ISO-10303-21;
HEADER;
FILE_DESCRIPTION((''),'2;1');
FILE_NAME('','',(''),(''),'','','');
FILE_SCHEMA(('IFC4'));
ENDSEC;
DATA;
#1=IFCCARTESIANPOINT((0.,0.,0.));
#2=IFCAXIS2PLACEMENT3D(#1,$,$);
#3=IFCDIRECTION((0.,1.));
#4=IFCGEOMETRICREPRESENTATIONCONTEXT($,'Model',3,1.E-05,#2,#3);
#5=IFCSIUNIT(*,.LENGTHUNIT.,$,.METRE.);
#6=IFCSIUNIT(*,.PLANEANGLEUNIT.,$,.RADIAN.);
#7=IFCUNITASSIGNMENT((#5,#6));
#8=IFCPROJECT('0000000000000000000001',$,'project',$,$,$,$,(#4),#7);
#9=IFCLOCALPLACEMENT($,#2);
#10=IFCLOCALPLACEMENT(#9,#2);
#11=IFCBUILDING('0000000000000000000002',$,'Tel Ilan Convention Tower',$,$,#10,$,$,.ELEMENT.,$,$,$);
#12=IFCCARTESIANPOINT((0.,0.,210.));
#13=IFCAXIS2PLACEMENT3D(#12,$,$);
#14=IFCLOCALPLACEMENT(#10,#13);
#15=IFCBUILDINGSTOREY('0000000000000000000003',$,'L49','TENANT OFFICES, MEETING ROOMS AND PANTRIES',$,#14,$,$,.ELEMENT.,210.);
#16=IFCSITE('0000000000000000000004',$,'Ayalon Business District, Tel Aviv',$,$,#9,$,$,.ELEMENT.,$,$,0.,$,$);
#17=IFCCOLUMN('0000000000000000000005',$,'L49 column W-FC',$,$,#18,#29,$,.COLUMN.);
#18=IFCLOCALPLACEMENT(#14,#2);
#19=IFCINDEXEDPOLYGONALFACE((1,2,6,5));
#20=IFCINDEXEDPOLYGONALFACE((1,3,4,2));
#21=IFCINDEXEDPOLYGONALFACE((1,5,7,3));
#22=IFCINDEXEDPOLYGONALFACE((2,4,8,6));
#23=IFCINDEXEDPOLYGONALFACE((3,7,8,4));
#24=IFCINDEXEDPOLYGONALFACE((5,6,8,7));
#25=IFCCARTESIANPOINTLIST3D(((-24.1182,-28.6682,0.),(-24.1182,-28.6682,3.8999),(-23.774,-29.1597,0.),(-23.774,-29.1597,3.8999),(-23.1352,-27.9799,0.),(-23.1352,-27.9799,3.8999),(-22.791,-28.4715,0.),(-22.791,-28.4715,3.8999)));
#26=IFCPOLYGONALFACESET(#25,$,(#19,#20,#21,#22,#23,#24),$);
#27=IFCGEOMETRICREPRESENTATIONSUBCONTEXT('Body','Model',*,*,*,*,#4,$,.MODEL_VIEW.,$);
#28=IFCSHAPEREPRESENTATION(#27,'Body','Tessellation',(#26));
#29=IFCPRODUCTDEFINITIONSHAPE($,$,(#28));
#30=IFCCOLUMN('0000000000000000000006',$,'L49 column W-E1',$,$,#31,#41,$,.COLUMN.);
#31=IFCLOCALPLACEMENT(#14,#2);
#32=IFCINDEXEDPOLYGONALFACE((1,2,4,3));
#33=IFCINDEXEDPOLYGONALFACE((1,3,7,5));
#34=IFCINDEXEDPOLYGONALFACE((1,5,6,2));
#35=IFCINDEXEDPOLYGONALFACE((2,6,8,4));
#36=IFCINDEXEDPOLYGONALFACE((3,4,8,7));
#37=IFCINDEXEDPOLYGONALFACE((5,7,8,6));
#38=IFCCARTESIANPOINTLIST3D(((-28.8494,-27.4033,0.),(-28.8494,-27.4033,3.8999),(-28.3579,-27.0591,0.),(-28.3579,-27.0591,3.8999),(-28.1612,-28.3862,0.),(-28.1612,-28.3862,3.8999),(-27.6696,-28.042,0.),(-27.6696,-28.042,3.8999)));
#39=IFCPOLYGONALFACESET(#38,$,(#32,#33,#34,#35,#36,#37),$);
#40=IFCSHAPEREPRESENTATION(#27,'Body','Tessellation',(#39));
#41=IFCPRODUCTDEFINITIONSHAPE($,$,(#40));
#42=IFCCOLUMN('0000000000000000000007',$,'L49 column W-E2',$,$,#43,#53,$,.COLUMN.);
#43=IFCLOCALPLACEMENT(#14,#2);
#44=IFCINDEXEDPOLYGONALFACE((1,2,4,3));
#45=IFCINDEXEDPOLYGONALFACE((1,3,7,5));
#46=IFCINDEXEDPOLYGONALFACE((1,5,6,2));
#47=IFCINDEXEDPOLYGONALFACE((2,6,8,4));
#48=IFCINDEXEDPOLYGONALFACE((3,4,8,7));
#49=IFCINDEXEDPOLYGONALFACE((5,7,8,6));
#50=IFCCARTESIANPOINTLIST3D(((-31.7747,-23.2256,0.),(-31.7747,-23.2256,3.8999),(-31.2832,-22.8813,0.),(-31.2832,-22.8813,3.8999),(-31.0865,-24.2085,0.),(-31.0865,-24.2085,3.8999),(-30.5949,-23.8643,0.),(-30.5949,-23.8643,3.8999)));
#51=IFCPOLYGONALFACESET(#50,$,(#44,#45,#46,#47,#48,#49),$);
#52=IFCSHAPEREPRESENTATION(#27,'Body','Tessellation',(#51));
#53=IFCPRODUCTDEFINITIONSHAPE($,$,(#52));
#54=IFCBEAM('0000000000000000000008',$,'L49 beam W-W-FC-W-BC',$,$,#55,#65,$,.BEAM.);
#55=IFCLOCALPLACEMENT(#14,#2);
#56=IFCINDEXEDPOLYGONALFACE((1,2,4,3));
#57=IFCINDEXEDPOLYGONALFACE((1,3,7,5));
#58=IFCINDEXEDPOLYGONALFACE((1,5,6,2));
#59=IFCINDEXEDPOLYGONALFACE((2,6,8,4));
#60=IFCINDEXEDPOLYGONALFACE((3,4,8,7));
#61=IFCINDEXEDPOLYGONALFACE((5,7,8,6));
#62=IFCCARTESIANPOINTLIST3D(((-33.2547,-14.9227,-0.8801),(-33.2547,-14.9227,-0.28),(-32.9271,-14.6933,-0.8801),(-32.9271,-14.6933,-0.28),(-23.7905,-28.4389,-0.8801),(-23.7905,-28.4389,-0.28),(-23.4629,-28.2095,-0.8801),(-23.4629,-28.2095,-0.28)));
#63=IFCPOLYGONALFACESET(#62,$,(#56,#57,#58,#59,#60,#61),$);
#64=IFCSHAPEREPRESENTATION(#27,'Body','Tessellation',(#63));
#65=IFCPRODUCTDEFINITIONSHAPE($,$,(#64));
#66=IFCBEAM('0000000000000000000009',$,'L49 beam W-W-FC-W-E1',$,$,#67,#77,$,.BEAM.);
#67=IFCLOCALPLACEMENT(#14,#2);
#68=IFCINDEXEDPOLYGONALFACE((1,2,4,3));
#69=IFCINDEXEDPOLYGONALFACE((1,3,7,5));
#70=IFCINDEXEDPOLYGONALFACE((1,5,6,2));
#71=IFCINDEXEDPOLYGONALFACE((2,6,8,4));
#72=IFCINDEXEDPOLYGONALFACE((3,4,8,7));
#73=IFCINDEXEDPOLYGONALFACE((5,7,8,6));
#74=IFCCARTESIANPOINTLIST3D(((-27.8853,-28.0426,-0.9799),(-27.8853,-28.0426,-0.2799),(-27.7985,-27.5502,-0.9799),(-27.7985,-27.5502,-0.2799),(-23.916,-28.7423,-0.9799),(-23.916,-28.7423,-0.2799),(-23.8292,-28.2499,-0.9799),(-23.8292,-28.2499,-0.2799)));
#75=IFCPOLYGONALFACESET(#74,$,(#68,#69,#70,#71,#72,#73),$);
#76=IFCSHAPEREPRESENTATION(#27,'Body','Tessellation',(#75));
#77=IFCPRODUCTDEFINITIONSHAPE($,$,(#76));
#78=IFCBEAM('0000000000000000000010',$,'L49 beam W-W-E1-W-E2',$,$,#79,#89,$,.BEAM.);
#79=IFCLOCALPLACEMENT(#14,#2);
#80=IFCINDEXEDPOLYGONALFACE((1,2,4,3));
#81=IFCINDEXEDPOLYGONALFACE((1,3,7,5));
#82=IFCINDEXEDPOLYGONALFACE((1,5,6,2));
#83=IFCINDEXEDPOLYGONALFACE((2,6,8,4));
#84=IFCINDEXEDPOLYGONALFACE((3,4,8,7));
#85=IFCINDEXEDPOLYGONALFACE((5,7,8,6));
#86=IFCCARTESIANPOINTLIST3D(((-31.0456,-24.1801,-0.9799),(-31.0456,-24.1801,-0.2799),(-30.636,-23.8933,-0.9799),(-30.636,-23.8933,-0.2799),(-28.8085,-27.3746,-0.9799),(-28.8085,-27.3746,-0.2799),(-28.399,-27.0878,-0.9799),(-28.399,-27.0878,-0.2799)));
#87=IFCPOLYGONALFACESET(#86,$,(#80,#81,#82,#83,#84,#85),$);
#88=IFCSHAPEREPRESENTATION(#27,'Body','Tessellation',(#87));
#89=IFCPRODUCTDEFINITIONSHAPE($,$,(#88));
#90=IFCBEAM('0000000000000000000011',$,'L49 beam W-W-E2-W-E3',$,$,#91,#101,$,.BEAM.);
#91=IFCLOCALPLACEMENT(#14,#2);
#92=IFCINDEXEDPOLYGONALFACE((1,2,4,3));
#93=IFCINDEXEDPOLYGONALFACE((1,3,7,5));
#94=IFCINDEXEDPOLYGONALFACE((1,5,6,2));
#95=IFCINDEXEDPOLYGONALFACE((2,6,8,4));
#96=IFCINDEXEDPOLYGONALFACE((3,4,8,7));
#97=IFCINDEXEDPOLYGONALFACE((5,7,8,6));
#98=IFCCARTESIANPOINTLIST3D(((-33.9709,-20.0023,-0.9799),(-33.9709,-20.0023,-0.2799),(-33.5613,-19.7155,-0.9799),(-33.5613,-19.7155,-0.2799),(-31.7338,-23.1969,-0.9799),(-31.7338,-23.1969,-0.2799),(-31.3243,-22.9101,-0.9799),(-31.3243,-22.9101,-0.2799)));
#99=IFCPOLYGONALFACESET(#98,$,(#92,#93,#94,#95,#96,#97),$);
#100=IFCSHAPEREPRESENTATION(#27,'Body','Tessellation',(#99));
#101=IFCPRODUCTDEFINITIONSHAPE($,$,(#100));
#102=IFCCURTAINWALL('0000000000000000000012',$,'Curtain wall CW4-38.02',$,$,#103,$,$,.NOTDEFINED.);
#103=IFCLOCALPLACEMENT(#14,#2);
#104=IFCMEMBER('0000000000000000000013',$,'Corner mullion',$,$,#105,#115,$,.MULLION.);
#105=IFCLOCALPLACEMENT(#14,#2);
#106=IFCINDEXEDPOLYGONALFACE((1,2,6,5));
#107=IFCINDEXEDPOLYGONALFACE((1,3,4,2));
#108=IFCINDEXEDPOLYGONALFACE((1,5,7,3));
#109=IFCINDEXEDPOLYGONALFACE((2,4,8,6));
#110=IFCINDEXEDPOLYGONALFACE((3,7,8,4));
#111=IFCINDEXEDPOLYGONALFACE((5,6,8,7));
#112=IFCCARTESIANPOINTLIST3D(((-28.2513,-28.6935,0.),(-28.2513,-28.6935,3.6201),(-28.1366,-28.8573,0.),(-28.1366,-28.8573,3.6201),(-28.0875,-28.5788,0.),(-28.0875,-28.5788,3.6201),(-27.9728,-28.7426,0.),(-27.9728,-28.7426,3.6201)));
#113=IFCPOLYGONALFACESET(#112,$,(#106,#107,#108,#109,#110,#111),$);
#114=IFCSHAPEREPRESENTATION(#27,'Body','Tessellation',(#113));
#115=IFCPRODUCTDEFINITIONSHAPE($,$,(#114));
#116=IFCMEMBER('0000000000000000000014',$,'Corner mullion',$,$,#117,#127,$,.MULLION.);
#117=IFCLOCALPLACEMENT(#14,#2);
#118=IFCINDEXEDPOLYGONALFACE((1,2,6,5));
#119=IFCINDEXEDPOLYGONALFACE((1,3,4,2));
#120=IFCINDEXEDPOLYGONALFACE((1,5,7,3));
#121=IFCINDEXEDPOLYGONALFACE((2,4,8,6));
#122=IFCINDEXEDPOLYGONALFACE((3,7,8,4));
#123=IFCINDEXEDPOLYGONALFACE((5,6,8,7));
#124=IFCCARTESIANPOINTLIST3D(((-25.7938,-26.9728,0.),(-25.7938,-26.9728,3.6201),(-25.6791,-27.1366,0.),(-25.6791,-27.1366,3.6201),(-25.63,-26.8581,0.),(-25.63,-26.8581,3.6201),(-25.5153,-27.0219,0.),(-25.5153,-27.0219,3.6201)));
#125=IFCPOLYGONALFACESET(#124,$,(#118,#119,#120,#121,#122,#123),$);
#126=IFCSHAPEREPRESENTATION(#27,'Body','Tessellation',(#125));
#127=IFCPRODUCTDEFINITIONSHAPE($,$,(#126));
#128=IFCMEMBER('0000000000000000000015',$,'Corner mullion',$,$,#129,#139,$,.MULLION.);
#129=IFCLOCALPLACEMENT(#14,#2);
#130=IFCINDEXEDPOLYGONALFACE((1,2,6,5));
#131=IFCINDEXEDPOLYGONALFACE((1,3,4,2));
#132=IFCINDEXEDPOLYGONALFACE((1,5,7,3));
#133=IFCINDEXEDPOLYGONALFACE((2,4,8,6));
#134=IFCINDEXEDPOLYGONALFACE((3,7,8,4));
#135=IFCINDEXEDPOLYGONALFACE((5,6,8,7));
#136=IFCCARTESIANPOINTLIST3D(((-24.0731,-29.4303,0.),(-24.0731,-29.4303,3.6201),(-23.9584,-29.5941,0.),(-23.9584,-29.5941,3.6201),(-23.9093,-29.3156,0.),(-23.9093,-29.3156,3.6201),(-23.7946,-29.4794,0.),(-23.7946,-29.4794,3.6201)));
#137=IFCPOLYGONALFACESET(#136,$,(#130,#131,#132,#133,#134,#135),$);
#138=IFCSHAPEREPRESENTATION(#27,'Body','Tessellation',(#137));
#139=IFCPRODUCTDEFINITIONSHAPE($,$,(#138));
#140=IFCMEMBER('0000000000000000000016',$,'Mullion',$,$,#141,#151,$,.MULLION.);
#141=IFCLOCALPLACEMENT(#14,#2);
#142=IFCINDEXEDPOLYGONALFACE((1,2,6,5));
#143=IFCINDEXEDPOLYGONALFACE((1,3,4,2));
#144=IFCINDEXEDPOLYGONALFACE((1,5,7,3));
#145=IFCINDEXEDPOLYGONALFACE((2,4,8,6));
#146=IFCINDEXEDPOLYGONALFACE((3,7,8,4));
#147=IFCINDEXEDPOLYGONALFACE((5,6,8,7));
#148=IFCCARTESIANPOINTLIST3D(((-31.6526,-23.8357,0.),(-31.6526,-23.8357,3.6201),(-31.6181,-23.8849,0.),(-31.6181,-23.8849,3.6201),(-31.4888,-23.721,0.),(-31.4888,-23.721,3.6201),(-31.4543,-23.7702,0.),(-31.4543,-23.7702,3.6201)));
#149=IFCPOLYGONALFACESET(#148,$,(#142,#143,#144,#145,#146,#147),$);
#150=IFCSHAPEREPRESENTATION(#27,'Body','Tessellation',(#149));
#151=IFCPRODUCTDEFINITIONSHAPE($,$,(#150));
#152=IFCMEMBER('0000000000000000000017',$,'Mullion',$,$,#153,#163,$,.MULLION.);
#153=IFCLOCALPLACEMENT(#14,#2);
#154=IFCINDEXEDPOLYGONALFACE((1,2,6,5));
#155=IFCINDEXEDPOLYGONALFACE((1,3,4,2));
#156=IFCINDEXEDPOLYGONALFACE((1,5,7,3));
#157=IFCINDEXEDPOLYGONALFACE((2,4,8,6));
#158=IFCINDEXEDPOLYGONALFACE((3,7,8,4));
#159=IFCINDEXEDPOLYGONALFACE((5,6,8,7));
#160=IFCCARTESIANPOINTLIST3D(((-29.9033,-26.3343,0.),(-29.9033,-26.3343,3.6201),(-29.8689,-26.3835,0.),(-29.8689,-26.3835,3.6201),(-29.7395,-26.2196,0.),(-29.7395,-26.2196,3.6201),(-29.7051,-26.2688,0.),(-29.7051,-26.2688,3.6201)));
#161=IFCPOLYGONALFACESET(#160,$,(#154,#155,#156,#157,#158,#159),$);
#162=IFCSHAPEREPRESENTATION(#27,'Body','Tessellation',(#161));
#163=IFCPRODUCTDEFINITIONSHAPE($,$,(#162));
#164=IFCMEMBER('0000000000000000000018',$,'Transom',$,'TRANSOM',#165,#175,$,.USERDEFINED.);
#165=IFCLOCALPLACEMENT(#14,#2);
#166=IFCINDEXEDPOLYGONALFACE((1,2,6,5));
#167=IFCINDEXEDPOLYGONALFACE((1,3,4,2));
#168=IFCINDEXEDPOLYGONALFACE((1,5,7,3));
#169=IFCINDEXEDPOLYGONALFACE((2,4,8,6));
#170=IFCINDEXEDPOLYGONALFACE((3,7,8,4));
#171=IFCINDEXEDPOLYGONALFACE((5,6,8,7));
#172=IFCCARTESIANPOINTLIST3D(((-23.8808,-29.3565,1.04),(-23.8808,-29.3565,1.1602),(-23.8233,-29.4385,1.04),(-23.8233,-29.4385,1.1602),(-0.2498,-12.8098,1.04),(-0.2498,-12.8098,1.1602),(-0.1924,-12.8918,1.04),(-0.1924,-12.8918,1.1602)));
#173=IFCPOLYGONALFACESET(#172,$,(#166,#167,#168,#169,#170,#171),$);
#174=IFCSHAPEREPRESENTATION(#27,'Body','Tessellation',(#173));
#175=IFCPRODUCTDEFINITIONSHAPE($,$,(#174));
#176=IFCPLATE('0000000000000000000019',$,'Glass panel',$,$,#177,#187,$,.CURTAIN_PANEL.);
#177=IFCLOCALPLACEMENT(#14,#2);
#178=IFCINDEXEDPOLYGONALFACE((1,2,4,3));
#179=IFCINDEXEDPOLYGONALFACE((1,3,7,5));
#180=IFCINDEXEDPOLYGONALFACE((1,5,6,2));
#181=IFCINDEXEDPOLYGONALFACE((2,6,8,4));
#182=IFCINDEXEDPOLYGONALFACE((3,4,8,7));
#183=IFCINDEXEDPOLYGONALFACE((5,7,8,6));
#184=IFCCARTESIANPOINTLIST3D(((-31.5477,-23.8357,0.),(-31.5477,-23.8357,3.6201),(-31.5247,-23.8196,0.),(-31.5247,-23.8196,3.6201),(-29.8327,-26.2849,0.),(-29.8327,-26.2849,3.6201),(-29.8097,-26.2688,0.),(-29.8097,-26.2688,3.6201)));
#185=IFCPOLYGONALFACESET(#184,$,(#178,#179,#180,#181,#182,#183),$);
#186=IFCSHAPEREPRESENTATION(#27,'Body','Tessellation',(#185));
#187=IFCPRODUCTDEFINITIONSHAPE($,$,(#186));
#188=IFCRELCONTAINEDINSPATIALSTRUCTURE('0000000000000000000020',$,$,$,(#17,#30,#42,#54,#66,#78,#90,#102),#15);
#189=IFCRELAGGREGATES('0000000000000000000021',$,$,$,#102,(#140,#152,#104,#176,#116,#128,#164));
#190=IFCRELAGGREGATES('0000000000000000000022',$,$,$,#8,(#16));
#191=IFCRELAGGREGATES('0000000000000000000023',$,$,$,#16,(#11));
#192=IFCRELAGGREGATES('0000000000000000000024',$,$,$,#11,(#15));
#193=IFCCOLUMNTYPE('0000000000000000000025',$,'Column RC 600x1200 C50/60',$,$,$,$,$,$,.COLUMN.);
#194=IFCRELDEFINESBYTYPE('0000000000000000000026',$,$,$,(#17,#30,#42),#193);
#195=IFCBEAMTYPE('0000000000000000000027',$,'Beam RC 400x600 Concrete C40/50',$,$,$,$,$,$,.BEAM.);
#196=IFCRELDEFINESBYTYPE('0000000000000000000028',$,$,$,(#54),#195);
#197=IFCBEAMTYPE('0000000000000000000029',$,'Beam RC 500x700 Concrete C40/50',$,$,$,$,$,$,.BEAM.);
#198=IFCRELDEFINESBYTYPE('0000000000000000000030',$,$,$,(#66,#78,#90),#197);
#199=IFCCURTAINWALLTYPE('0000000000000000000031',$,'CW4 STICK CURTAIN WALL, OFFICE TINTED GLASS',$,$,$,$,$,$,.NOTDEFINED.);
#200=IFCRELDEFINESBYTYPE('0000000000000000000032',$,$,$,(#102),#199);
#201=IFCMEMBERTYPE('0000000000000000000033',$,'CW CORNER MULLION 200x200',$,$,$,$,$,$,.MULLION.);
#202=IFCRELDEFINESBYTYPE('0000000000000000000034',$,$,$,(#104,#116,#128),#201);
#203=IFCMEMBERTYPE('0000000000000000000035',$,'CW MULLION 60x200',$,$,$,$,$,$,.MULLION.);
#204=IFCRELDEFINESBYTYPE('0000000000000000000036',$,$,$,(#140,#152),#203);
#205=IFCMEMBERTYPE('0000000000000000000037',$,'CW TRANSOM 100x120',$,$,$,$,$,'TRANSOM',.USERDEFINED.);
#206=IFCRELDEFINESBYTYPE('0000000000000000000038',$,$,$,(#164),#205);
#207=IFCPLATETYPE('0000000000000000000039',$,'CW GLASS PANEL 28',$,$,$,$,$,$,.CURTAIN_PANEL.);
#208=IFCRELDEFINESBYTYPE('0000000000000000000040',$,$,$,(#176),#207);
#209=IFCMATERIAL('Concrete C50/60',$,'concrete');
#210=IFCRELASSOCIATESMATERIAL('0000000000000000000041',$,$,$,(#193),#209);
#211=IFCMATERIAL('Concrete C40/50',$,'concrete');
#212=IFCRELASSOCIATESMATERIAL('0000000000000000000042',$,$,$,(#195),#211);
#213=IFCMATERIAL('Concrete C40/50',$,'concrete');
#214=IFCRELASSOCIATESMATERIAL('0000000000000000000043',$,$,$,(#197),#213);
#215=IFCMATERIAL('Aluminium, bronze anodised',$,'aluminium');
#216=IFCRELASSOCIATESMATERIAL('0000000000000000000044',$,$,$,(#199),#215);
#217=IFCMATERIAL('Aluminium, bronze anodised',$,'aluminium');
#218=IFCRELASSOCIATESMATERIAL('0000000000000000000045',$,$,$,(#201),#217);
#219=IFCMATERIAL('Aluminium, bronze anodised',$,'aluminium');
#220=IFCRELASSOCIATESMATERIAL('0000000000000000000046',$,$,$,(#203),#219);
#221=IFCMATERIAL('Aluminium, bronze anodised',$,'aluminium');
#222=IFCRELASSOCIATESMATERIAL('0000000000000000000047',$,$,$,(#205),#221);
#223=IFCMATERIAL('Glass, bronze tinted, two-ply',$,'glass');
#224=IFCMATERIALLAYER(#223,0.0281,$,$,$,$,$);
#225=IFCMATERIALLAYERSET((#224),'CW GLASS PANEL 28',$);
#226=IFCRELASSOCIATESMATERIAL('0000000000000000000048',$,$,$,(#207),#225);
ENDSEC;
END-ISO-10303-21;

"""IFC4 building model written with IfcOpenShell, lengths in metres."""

from ifc_helpers import new_model, si_unit, direction, frame, origin, origin_2d, place, context, subcontext, project, spatial, rectangle, extrude, material, layer, layer_set, material_profile, profile_set, type_object, element, aggregate, save


model = new_model("IFC4")

# Units and contexts
model_context = context("Model", 3, precision=1e-05, world=origin(), true_north=direction((0.0, 1.0)))
body_context = subcontext(model_context, "Body", "Model", "MODEL_VIEW")
ifc_project = project(units=[si_unit("LENGTHUNIT", "METRE"), si_unit("PLANEANGLEUNIT", "RADIAN")], contexts=[model_context])

# Site, building, storey
site_placement = place(None, origin())
site = spatial("IfcSite", under=ifc_project, at=site_placement, Name="Ayalon Business District, Tel Aviv", CompositionType="ELEMENT", RefElevation=0.0)
building_placement = place(site_placement, origin())
building = spatial("IfcBuilding", under=site, at=building_placement, Name="Tel Ilan Convention Tower", CompositionType="ELEMENT")
storey_placement = place(building_placement, frame((0.0, 0.0, 210.0)))
storey = spatial("IfcBuildingStorey", under=building, at=storey_placement, Name="L49", Description="TENANT OFFICES, MEETING ROOMS AND PANTRIES", CompositionType="ELEMENT", Elevation=210.0)

# Columns
ifc_material_1 = material(Name="Concrete C50/60", Category="concrete")
ifc_material_profile_1 = material_profile(ifc_material_1, rectangle(XDim=1.2, YDim=0.6001, at=origin_2d()), Name="RC 600x1200")
ifc_profile_set_1 = profile_set([ifc_material_profile_1], Name="Concrete C50/60")
column_type = type_object("IfcColumnType", Name="Column RC 600x1200 C50/60", PredefinedType="COLUMN", material=ifc_profile_set_1)
for number, where, z_axis, x_axis, name in (
    (1, (-23.4546, -28.5698, 0.0), (0.0, 0.0, 1.0), (-0.819152, -0.573576, 0.0), "L49 column W-FC"),
    (2, (-28.2595, -27.7227, 0.0), (0.0, 0.0, 1.0), (-0.573576, 0.819152, 0.0), "L49 column W-E1"),
    (3, (-31.1848, -23.5449, 0.0), (0.0, 0.0, 1.0), (-0.573576, 0.819152, 0.0), "L49 column W-E2"),
):
    element("IfcColumn", number, at=place(storey_placement, frame(where, z_axis=z_axis, x_axis=x_axis)), inside=storey, type_object=column_type, Name=name, PredefinedType="COLUMN", context=body_context, shape_type="SweptSolid", body=[
        extrude(rectangle(XDim=1.2, YDim=0.6001, at=origin_2d()), origin(), (0.0, 0.0, 1.0), 3.8999),
    ])

# Beams
ifc_material_2 = material(Name="Concrete C40/50", Category="concrete")
ifc_material_profile_2 = material_profile(ifc_material_2, rectangle(XDim=0.3999, YDim=0.6001, at=origin_2d()), Name="RC 400x600")
ifc_profile_set_2 = profile_set([ifc_material_profile_2], Name="Concrete C40/50")
beam_type_1 = type_object("IfcBeamType", Name="Beam RC 400x600 Concrete C40/50", PredefinedType="BEAM", material=ifc_profile_set_2)
beam_1_placement = place(storey_placement, frame((-23.6267, -28.3242, -0.5801), z_axis=(-0.573578, 0.819151, 0.0), x_axis=(-0.819151, -0.573578, 0.0)))
element("IfcBeam", 4, at=beam_1_placement, inside=storey, type_object=beam_type_1, Name="L49 beam W-W-FC-W-BC", PredefinedType="BEAM", context=body_context, shape_type="SweptSolid", body=[
    extrude(rectangle(XDim=0.3999, YDim=0.6001, at=origin_2d()), origin(), (0.0, 0.0, 1.0), 16.5002),
])
ifc_material_3 = material(Name="Concrete C40/50", Category="concrete")
ifc_material_profile_3 = material_profile(ifc_material_3, rectangle(XDim=0.5, YDim=0.7, at=origin_2d()), Name="RC 500x700")
ifc_profile_set_3 = profile_set([ifc_material_profile_3], Name="Concrete C40/50")
beam_type_2 = type_object("IfcBeamType", Name="Beam RC 500x700 Concrete C40/50", PredefinedType="BEAM", material=ifc_profile_set_3)
beam_2_placement = place(storey_placement, frame((-23.8726, -28.4961, -0.6299), z_axis=(-0.984815, 0.173606, 0.0), x_axis=(-0.173606, -0.984815, 0.0)))
element("IfcBeam", 5, at=beam_2_placement, inside=storey, type_object=beam_type_2, Name="L49 beam W-W-FC-W-E1", PredefinedType="BEAM", context=body_context, shape_type="SweptSolid", body=[
    extrude(rectangle(XDim=0.5, YDim=0.7, at=origin_2d()), origin(), (0.0, 0.0, 1.0), 4.0305),
])
for number, where, z_axis, x_axis, name in (
    (6, (-28.6038, -27.2312, -0.6299), (-0.573609, 0.819129, 0.0), (-0.819129, -0.573609, 0.0), "L49 beam W-W-E1-W-E2"),
    (7, (-31.5291, -23.0535, -0.6299), (-0.573609, 0.819129, 0.0), (-0.819129, -0.573609, 0.0), "L49 beam W-W-E2-W-E3"),
):
    element("IfcBeam", number, at=place(storey_placement, frame(where, z_axis=z_axis, x_axis=x_axis)), inside=storey, type_object=beam_type_2, Name=name, PredefinedType="BEAM", context=body_context, shape_type="SweptSolid", body=[
        extrude(rectangle(XDim=0.5, YDim=0.7, at=origin_2d()), origin(), (0.0, 0.0, 1.0), 3.8999),
    ])

# Curtain wall, members, plate
ifc_material_4 = material(Name="Aluminium, bronze anodised", Category="aluminium")
curtain_wall_type = type_object("IfcCurtainWallType", Name="CW4 STICK CURTAIN WALL, OFFICE TINTED GLASS", PredefinedType="NOTDEFINED", material=ifc_material_4)
curtain_wall_placement = place(storey_placement, origin())
curtain_wall = element("IfcCurtainWall", 8, at=curtain_wall_placement, inside=storey, type_object=curtain_wall_type, Name="Curtain wall CW4-38.02", PredefinedType="NOTDEFINED")
ifc_material_5 = material(Name="Aluminium, bronze anodised", Category="aluminium")
ifc_material_profile_4 = material_profile(ifc_material_5, rectangle(XDim=0.2, YDim=0.2, at=origin_2d()), Name="CW CORNER MULLION 200x200")
ifc_profile_set_4 = profile_set([ifc_material_profile_4], Name="Aluminium, bronze anodised")
member_type_1 = type_object("IfcMemberType", Name="CW CORNER MULLION 200x200", PredefinedType="MULLION", material=ifc_profile_set_4)
member_1_placement = place(storey_placement, frame((-28.1121, -28.718, 0.0), z_axis=(0.0, 0.0, 1.0), x_axis=(0.573576, -0.819152, 0.0)))
member_1 = element("IfcMember", 9, at=member_1_placement, type_object=member_type_1, Name="Corner mullion", PredefinedType="MULLION", context=body_context, shape_type="SweptSolid", body=[
    extrude(rectangle(XDim=0.2, YDim=0.2, at=origin_2d()), origin(), (0.0, 0.0, 1.0), 3.6201),
])
member_2_placement = place(storey_placement, frame((-25.6545, -26.9973, 0.0), z_axis=(0.0, 0.0, 1.0), x_axis=(0.819152, 0.573576, 0.0)))
member_2 = element("IfcMember", 10, at=member_2_placement, type_object=member_type_1, Name="Corner mullion", PredefinedType="MULLION", context=body_context, shape_type="SweptSolid", body=[
    extrude(rectangle(XDim=0.2, YDim=0.2, at=origin_2d()), origin(), (0.0, 0.0, 1.0), 3.6201),
])
member_3_placement = place(storey_placement, frame((-23.9338, -29.4548, 0.0), z_axis=(0.0, 0.0, 1.0), x_axis=(0.573576, -0.819152, 0.0)))
member_3 = element("IfcMember", 11, at=member_3_placement, type_object=member_type_1, Name="Corner mullion", PredefinedType="MULLION", context=body_context, shape_type="SweptSolid", body=[
    extrude(rectangle(XDim=0.2, YDim=0.2, at=origin_2d()), origin(), (0.0, 0.0, 1.0), 3.6201),
])
ifc_material_6 = material(Name="Aluminium, bronze anodised", Category="aluminium")
ifc_material_profile_5 = material_profile(ifc_material_6, rectangle(XDim=0.0601, YDim=0.2, at=origin_2d()), Name="CW MULLION 60x200")
ifc_profile_set_5 = profile_set([ifc_material_profile_5], Name="Aluminium, bronze anodised")
member_type_2 = type_object("IfcMemberType", Name="CW MULLION 60x200", PredefinedType="MULLION", material=ifc_profile_set_5)
member_4_placement = place(storey_placement, frame((-31.5535, -23.803, 0.0), z_axis=(0.0, 0.0, 1.0), x_axis=(0.573576, -0.819152, 0.0)))
member_4 = element("IfcMember", 12, at=member_4_placement, type_object=member_type_2, Name="Mullion", PredefinedType="MULLION", context=body_context, shape_type="SweptSolid", body=[
    extrude(rectangle(XDim=0.0601, YDim=0.2, at=origin_2d()), origin(), (0.0, 0.0, 1.0), 3.6201),
])
member_5_placement = place(storey_placement, frame((-29.8042, -26.3015, 0.0), z_axis=(0.0, 0.0, 1.0), x_axis=(0.573576, -0.819152, 0.0)))
member_5 = element("IfcMember", 13, at=member_5_placement, type_object=member_type_2, Name="Mullion", PredefinedType="MULLION", context=body_context, shape_type="SweptSolid", body=[
    extrude(rectangle(XDim=0.0601, YDim=0.2, at=origin_2d()), origin(), (0.0, 0.0, 1.0), 3.6201),
])
ifc_material_7 = material(Name="Aluminium, bronze anodised", Category="aluminium")
ifc_material_profile_6 = material_profile(ifc_material_7, rectangle(XDim=0.1001, YDim=0.1201, at=origin_2d()), Name="CW TRANSOM 100x120")
ifc_profile_set_6 = profile_set([ifc_material_profile_6], Name="Aluminium, bronze anodised")
member_type_3 = type_object("IfcMemberType", Name="CW TRANSOM 100x120", ElementType="TRANSOM", PredefinedType="USERDEFINED", material=ifc_profile_set_6)
member_6_placement = place(storey_placement, frame((-23.8521, -29.3975, 1.1001), z_axis=(0.81915, 0.573579, 0.0), x_axis=(-0.573579, 0.81915, 0.0)))
member_6 = element("IfcMember", 14, at=member_6_placement, type_object=member_type_3, Name="Transom", ObjectType="TRANSOM", PredefinedType="USERDEFINED", context=body_context, shape_type="SweptSolid", body=[
    extrude(rectangle(XDim=0.1001, YDim=0.1201, at=origin_2d()), origin(), (0.0, 0.0, 1.0), 28.8481),
])
ifc_material_8 = material(Name="Glass, bronze tinted, two-ply", Category="glass")
ifc_layer_1 = layer(ifc_material_8, 0.0281)
ifc_layer_set_1 = layer_set([ifc_layer_1], Name="CW GLASS PANEL 28")
plate_type = type_object("IfcPlateType", Name="CW GLASS PANEL 28", PredefinedType="CURTAIN_PANEL", material=ifc_layer_set_1)
plate_1_placement = place(storey_placement, frame((-30.6787, -25.0522, 0.0), z_axis=(0.0, 0.0, 1.0), x_axis=(0.573576, -0.819152, 0.0)))
plate_1 = element("IfcPlate", 15, at=plate_1_placement, type_object=plate_type, Name="Glass panel", PredefinedType="CURTAIN_PANEL", context=body_context, shape_type="SweptSolid", body=[
    extrude(rectangle(XDim=2.99, YDim=0.0281, at=origin_2d()), origin(), (0.0, 0.0, 1.0), 3.6201),
])
aggregate(curtain_wall, [member_4, member_5, member_1, plate_1, member_2, member_3, member_6])

save(model, "model.ifc")
